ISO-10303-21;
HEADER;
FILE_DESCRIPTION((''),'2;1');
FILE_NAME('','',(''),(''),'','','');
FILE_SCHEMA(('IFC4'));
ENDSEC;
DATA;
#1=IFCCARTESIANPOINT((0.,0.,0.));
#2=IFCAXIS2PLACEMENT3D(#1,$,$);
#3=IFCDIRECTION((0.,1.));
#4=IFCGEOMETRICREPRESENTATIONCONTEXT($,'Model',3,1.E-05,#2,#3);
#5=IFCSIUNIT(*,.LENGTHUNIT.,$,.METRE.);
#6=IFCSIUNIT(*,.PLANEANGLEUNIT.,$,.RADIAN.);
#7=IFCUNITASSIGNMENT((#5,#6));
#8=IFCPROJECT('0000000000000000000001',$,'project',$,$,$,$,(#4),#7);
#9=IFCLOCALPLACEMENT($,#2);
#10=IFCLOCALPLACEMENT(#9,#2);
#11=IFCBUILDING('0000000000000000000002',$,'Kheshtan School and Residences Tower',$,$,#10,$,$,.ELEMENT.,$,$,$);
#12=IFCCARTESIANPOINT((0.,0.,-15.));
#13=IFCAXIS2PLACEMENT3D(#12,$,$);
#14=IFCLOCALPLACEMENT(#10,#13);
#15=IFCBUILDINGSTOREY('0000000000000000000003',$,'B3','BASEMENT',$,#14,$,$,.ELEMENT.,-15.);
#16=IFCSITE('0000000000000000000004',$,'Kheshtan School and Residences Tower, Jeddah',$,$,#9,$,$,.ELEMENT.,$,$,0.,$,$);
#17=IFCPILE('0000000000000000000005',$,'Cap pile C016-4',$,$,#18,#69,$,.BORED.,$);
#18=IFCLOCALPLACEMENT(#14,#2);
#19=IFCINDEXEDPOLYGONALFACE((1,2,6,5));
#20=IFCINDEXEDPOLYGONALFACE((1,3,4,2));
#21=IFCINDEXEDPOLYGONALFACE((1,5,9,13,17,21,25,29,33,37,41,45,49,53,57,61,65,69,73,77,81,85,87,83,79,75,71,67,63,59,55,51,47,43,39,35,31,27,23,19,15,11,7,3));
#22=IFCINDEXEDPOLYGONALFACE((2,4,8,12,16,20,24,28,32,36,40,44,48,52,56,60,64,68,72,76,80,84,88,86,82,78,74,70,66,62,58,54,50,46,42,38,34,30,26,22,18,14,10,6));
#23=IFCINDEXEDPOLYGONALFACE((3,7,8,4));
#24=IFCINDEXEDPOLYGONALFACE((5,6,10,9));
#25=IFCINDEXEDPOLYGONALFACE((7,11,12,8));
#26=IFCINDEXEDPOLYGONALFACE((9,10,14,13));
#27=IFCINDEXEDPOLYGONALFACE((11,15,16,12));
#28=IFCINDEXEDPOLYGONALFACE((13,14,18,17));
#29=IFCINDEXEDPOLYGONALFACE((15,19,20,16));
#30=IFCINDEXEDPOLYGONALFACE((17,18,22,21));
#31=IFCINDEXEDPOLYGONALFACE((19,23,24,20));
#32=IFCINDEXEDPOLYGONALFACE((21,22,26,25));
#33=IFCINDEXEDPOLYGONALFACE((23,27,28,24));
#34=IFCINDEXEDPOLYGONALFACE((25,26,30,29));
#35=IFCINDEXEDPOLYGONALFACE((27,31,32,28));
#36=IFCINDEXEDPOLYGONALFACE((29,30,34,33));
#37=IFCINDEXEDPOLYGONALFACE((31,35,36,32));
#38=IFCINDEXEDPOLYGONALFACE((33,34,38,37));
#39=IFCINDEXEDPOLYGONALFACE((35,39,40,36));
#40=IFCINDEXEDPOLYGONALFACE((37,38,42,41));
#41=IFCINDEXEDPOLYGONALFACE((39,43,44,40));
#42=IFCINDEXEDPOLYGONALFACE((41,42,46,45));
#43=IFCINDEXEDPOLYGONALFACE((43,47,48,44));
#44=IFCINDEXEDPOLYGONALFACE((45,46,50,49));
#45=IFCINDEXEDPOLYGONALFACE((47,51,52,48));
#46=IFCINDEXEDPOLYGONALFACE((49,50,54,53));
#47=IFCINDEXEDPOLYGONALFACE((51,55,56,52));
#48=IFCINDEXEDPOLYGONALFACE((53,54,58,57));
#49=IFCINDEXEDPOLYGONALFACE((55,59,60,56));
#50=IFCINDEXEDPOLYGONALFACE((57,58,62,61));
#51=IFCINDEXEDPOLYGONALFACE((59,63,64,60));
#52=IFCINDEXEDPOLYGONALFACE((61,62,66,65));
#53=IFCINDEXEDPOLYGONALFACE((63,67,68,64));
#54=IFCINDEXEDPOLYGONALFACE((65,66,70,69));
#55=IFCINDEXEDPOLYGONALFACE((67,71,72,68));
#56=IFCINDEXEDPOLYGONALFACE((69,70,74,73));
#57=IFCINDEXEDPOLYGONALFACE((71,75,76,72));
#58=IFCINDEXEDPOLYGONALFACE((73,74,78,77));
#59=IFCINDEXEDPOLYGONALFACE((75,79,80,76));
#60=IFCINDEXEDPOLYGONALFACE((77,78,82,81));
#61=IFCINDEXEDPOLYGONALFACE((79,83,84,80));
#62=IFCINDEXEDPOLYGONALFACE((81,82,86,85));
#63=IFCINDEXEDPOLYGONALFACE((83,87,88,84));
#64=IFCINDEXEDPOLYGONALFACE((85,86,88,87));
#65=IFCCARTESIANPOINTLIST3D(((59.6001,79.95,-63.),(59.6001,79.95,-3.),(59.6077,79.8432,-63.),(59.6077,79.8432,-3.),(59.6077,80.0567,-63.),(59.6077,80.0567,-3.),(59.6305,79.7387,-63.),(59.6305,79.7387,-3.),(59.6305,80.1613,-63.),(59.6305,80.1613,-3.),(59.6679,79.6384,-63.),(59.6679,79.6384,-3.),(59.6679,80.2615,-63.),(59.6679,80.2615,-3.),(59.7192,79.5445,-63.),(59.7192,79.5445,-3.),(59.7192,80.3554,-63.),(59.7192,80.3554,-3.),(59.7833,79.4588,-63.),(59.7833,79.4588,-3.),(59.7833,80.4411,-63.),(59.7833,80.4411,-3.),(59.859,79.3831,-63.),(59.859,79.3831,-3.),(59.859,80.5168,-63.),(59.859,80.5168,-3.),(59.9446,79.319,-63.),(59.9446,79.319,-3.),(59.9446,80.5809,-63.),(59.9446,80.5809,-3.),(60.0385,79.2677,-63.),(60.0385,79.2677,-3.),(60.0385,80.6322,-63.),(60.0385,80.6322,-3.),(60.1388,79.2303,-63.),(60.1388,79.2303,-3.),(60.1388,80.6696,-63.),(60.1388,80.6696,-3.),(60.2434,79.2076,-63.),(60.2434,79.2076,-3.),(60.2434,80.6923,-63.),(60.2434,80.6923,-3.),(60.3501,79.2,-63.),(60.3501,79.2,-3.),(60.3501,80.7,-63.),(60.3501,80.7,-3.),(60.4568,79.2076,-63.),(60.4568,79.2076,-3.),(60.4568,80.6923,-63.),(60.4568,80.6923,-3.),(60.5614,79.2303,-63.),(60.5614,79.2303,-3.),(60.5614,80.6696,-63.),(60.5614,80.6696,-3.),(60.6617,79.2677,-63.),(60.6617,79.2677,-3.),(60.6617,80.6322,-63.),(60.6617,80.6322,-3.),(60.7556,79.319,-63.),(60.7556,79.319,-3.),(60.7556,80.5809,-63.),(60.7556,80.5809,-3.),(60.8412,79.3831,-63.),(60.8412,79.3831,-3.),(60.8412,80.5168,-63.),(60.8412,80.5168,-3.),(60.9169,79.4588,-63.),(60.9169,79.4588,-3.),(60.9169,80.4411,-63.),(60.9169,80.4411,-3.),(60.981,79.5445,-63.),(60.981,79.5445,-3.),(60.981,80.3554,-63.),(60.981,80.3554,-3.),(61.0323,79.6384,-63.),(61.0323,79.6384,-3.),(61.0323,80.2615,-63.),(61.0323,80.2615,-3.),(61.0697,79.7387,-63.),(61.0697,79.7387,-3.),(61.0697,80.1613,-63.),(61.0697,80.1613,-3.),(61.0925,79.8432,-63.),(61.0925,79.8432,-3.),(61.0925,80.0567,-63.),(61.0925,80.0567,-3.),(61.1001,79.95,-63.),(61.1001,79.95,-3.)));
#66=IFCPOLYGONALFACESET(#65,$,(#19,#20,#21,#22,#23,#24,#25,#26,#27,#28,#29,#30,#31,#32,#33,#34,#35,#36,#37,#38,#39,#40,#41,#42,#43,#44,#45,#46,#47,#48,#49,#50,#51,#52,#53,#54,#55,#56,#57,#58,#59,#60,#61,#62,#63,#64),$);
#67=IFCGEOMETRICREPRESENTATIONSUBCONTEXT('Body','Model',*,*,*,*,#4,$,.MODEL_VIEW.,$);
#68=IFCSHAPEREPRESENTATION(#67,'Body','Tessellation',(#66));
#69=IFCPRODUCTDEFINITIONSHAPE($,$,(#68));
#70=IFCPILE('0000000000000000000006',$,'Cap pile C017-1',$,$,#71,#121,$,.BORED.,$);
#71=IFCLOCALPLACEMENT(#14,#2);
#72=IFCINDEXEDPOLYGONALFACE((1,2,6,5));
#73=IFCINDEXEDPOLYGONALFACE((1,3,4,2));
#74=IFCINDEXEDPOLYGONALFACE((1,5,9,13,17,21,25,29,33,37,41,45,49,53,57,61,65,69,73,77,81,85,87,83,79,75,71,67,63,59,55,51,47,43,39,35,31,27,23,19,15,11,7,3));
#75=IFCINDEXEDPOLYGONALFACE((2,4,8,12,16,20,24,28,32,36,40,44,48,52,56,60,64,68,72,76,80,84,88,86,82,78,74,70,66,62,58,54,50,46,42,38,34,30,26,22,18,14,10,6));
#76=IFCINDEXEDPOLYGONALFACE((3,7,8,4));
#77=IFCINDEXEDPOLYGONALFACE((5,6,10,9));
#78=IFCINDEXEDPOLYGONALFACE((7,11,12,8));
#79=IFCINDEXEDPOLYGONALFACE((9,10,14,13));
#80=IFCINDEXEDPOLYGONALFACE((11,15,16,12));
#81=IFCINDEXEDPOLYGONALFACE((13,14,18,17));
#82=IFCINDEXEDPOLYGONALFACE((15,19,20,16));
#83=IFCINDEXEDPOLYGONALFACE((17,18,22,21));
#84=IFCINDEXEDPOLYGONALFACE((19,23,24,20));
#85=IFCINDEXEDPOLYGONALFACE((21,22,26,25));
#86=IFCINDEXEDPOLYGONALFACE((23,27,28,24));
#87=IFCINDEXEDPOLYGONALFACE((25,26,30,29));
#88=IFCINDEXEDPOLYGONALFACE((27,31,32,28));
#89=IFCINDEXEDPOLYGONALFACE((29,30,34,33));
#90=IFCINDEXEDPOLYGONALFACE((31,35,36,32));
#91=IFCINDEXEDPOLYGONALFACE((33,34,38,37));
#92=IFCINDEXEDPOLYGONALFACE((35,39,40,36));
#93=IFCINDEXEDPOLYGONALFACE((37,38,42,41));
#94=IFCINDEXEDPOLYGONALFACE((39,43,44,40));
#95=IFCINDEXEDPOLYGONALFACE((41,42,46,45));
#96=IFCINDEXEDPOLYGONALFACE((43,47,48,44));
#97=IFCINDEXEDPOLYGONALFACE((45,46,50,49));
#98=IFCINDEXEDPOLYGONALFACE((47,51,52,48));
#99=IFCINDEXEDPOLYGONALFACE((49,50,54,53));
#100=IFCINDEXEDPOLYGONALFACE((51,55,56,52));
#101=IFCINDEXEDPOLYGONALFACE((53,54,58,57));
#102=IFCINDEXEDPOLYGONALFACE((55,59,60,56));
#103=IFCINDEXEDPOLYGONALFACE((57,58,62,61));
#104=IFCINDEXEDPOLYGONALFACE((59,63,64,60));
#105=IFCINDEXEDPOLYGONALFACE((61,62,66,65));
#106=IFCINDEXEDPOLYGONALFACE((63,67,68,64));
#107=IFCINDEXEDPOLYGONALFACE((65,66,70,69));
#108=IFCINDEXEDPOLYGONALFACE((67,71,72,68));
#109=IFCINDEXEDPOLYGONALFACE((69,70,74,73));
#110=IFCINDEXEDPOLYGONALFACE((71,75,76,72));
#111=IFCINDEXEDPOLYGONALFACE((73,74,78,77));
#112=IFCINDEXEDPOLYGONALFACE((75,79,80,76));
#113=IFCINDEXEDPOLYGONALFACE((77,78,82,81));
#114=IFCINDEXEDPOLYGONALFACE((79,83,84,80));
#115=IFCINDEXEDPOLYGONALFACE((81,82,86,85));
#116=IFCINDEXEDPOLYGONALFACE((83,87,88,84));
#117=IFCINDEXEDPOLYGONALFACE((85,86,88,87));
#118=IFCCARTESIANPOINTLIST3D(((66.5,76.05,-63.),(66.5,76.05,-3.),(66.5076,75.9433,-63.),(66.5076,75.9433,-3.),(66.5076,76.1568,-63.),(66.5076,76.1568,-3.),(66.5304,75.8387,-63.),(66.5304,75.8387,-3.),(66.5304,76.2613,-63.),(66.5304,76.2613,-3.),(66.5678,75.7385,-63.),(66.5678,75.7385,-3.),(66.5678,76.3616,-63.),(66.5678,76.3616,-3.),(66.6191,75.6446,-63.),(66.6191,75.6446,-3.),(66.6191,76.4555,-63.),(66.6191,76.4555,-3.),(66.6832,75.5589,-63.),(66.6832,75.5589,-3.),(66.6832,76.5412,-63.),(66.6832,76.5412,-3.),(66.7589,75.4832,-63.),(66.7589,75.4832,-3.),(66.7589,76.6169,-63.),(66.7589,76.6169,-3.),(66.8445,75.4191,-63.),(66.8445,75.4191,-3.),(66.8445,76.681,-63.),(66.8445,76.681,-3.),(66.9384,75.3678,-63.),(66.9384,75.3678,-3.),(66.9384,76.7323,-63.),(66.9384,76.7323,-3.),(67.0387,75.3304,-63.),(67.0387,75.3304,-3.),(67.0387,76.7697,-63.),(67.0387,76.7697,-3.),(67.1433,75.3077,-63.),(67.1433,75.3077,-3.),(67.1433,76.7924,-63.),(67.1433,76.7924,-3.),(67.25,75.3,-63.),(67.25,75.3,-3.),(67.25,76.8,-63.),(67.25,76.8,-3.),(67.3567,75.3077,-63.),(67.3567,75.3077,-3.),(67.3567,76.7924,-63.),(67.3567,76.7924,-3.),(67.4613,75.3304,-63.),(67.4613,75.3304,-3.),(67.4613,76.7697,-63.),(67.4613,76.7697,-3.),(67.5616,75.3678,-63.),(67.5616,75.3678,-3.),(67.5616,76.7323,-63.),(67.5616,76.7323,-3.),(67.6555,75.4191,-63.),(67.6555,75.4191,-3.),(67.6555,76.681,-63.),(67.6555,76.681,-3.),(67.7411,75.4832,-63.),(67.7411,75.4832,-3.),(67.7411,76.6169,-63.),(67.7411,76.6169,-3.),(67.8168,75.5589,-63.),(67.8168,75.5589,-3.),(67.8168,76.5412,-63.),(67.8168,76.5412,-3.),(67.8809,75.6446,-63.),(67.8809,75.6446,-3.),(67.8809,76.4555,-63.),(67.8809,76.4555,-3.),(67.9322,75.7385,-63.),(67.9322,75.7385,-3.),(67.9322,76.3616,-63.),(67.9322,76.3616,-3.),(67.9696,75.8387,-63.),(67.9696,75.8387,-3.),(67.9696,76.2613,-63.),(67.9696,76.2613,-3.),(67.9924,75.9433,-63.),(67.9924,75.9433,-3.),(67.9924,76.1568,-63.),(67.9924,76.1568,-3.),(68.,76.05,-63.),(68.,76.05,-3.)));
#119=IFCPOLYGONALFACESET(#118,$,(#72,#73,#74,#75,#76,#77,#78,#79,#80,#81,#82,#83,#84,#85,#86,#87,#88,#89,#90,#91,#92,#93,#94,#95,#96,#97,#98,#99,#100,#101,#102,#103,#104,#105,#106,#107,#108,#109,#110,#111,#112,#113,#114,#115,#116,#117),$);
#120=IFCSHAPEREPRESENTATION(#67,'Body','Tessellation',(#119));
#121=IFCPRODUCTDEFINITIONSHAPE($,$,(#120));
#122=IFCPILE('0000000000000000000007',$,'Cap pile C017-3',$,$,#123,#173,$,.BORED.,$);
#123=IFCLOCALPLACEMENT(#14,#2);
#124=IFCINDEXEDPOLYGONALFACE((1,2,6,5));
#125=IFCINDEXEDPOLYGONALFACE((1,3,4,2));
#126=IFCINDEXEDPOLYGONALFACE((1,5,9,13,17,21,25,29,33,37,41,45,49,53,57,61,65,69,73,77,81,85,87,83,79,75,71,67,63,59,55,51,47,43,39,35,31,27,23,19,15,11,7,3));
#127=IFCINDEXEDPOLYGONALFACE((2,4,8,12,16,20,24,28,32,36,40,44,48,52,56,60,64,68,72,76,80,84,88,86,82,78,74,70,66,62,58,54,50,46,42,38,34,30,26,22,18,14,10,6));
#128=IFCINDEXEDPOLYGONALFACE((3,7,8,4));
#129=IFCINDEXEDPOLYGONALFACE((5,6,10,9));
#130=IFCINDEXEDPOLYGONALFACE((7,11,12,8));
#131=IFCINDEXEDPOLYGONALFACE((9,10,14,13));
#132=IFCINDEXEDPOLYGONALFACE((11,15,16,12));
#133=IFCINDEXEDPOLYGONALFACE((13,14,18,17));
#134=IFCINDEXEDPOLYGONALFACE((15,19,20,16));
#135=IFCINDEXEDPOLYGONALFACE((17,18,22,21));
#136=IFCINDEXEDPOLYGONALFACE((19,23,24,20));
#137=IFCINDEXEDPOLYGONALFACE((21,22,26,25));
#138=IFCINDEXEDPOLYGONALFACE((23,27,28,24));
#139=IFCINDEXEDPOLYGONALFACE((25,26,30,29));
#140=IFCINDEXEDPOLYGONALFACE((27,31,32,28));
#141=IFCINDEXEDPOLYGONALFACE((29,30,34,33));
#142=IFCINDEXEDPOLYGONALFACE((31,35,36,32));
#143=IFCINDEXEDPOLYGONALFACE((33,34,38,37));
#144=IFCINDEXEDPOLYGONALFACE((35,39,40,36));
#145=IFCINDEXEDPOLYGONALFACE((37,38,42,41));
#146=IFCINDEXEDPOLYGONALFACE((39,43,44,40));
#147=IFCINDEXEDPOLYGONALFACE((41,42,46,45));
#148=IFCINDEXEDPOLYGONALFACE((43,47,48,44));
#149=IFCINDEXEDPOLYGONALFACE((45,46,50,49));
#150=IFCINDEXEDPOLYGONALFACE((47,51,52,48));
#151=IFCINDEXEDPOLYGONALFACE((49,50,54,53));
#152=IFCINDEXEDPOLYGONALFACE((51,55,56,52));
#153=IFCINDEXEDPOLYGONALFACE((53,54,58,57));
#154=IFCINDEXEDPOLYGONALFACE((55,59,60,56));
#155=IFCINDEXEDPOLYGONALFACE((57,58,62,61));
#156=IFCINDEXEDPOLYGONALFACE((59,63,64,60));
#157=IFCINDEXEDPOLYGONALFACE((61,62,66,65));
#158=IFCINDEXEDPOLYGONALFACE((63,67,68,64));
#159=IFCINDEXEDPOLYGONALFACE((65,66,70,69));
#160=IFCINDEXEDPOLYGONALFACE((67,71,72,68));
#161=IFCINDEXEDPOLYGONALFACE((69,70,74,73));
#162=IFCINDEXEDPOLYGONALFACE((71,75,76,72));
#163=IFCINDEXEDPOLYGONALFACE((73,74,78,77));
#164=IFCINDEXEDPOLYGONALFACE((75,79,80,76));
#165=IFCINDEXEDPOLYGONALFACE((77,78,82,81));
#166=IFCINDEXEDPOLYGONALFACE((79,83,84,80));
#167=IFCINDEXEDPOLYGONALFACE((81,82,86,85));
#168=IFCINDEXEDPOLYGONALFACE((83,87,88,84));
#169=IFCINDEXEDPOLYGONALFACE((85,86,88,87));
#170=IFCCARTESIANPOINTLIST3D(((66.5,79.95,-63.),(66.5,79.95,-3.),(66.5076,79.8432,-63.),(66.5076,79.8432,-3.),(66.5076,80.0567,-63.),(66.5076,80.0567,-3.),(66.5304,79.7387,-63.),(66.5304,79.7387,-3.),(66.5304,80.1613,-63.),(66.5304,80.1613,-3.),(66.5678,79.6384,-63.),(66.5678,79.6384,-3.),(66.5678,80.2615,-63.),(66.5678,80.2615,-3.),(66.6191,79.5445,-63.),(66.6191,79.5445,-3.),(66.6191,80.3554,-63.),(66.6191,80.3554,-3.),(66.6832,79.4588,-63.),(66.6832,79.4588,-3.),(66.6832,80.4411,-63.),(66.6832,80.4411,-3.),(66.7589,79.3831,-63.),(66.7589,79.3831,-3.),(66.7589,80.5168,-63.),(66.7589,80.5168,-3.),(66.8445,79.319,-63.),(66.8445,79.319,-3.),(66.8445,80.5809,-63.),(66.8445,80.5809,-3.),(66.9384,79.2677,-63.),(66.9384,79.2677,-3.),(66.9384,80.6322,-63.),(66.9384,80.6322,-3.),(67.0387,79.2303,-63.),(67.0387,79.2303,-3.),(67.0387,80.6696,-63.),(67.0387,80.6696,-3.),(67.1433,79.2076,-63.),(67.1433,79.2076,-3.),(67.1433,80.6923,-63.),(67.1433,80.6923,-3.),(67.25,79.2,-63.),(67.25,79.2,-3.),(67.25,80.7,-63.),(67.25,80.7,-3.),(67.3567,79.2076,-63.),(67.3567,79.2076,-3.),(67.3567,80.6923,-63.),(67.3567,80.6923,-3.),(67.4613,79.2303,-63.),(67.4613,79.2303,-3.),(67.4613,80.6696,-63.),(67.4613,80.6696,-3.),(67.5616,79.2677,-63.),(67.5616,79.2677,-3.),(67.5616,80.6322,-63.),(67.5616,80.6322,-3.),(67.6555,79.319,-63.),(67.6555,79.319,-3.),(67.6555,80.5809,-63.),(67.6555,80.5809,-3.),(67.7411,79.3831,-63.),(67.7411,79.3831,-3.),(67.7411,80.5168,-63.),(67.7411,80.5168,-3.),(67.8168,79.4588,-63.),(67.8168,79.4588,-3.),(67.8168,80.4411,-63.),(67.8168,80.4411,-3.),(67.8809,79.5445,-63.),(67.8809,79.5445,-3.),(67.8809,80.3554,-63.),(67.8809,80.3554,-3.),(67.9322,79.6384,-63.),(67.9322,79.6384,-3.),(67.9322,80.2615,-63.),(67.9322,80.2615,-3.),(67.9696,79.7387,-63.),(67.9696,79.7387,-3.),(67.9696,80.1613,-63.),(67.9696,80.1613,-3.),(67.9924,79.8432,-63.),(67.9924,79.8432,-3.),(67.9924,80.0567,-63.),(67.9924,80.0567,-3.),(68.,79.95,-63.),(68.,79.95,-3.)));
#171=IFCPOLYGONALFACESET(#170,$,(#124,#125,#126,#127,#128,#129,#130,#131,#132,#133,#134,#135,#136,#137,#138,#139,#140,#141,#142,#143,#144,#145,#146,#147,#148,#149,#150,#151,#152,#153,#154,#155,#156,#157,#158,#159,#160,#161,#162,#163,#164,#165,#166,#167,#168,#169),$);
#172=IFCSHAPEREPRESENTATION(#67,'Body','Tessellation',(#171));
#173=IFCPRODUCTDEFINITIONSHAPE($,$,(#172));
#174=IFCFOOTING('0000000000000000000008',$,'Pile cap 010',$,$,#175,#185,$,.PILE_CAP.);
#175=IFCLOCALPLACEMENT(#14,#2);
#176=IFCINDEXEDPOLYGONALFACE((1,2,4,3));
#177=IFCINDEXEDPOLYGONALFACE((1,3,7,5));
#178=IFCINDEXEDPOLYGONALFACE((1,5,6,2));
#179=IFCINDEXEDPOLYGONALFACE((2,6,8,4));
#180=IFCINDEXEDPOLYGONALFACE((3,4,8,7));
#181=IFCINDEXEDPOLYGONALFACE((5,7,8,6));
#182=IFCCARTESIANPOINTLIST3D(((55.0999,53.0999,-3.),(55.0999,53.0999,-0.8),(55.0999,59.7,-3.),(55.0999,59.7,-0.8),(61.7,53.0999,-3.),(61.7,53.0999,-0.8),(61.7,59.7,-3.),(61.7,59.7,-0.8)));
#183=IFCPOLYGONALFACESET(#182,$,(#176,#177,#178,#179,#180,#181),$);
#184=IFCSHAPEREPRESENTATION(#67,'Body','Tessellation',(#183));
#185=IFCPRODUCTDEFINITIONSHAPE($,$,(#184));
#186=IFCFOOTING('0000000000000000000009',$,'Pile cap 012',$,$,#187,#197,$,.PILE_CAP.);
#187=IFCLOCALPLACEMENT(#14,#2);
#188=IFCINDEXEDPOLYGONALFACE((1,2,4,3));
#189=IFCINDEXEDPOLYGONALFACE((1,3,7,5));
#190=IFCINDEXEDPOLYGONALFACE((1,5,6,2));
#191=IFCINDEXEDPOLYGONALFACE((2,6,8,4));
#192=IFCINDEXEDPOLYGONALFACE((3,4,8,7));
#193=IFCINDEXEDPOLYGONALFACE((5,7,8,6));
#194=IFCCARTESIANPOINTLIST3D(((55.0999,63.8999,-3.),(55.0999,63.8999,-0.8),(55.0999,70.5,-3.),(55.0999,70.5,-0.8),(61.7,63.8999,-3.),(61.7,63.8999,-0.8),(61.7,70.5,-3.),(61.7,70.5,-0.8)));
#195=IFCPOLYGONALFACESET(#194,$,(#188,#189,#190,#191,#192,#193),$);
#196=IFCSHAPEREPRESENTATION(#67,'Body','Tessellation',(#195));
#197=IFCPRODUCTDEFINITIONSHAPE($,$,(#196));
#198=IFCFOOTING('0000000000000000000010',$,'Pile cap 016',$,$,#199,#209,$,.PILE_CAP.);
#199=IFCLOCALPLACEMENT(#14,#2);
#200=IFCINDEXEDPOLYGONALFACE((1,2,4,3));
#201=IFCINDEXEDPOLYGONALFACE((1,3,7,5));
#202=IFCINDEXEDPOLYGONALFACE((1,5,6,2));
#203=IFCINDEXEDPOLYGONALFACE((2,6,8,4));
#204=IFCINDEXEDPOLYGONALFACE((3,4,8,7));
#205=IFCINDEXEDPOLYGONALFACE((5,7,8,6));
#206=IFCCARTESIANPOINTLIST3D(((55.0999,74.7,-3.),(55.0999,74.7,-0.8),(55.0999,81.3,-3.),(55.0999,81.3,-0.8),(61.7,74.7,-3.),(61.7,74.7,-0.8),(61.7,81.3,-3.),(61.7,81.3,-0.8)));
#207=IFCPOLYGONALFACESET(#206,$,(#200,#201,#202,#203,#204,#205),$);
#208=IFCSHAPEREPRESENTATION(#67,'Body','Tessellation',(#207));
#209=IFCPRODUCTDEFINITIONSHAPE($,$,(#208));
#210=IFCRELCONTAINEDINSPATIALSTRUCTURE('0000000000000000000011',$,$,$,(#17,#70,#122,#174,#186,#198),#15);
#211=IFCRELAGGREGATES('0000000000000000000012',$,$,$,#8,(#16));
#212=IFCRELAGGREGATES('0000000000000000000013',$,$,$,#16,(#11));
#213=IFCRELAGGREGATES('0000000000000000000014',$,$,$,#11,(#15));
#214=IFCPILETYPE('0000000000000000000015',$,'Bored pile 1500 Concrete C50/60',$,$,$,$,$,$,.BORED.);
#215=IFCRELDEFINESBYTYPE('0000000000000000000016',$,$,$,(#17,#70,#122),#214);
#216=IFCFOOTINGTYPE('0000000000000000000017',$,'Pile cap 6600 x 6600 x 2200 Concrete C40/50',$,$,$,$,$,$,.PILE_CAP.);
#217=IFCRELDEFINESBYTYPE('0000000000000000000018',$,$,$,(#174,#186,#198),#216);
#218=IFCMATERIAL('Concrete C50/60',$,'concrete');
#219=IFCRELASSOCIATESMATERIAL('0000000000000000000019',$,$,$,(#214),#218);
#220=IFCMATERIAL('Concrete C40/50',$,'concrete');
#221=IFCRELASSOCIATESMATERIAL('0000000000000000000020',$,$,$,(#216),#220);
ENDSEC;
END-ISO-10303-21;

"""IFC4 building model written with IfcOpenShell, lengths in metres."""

from ifc_helpers import new_model, si_unit, direction, frame, origin, origin_2d, place, context, subcontext, project, spatial, rectangle, circle, extrude, material, material_profile, profile_set, type_object, element, save


model = new_model("IFC4")

# Units and contexts
model_context = context("Model", 3, precision=1e-05, world=origin(), true_north=direction((0.0, 1.0)))
body_context = subcontext(model_context, "Body", "Model", "MODEL_VIEW")
ifc_project = project(units=[si_unit("LENGTHUNIT", "METRE"), si_unit("PLANEANGLEUNIT", "RADIAN")], contexts=[model_context])

# Site, building, storey
site_placement = place(None, origin())
site = spatial("IfcSite", under=ifc_project, at=site_placement, Name="Kheshtan School and Residences Tower, Jeddah", CompositionType="ELEMENT", RefElevation=0.0)
building_placement = place(site_placement, origin())
building = spatial("IfcBuilding", under=site, at=building_placement, Name="Kheshtan School and Residences Tower", CompositionType="ELEMENT")
storey_placement = place(building_placement, frame((0.0, 0.0, -15.0)))
storey = spatial("IfcBuildingStorey", under=building, at=storey_placement, Name="B3", Description="BASEMENT", CompositionType="ELEMENT", Elevation=-15.0)

# Piles
ifc_material_1 = material(Name="Concrete C50/60", Category="concrete")
ifc_material_profile_1 = material_profile(ifc_material_1, circle(Radius=0.75, at=origin_2d()), Name="BP 1500")
ifc_profile_set_1 = profile_set([ifc_material_profile_1], Name="Concrete C50/60")
pile_type = type_object("IfcPileType", Name="Bored pile 1500 Concrete C50/60", PredefinedType="BORED", material=ifc_profile_set_1)
for number, where, z_axis, x_axis, name in (
    (1, (60.3501, 79.95, -3.0), (0.0, 0.0, -1.0), (1.0, 0.0, 0.0), "Cap pile C016-4"),
    (2, (67.25, 76.05, -3.0), (0.0, 0.0, -1.0), (1.0, 0.0, 0.0), "Cap pile C017-1"),
    (3, (67.25, 79.95, -3.0), (0.0, 0.0, -1.0), (1.0, 0.0, 0.0), "Cap pile C017-3"),
):
    element("IfcPile", number, at=place(storey_placement, frame(where, z_axis=z_axis, x_axis=x_axis)), inside=storey, type_object=pile_type, Name=name, PredefinedType="BORED", context=body_context, shape_type="SweptSolid", body=[
        extrude(circle(Radius=0.75, at=origin_2d()), origin(), (0.0, 0.0, 1.0), 60.0),
    ])

# Footings
ifc_material_2 = material(Name="Concrete C40/50", Category="concrete")
footing_type = type_object("IfcFootingType", Name="Pile cap 6600 x 6600 x 2200 Concrete C40/50", PredefinedType="PILE_CAP", material=ifc_material_2)
for number, where, z_axis, x_axis, name in (
    (4, (58.3999, 56.3999, -3.0), (0.0, 0.0, 1.0), (1.0, 0.0, 0.0), "Pile cap 010"),
    (5, (58.3999, 67.2, -3.0), (0.0, 0.0, 1.0), (1.0, 0.0, 0.0), "Pile cap 012"),
    (6, (58.3999, 78.0, -3.0), (0.0, 0.0, 1.0), (1.0, 0.0, 0.0), "Pile cap 016"),
):
    element("IfcFooting", number, at=place(storey_placement, frame(where, z_axis=z_axis, x_axis=x_axis)), inside=storey, type_object=footing_type, Name=name, PredefinedType="PILE_CAP", context=body_context, shape_type="SweptSolid", body=[
        extrude(rectangle(XDim=6.6001, YDim=6.6001, at=origin_2d()), origin(), (0.0, 0.0, 1.0), 2.2),
    ])

save(model, "model.ifc")
